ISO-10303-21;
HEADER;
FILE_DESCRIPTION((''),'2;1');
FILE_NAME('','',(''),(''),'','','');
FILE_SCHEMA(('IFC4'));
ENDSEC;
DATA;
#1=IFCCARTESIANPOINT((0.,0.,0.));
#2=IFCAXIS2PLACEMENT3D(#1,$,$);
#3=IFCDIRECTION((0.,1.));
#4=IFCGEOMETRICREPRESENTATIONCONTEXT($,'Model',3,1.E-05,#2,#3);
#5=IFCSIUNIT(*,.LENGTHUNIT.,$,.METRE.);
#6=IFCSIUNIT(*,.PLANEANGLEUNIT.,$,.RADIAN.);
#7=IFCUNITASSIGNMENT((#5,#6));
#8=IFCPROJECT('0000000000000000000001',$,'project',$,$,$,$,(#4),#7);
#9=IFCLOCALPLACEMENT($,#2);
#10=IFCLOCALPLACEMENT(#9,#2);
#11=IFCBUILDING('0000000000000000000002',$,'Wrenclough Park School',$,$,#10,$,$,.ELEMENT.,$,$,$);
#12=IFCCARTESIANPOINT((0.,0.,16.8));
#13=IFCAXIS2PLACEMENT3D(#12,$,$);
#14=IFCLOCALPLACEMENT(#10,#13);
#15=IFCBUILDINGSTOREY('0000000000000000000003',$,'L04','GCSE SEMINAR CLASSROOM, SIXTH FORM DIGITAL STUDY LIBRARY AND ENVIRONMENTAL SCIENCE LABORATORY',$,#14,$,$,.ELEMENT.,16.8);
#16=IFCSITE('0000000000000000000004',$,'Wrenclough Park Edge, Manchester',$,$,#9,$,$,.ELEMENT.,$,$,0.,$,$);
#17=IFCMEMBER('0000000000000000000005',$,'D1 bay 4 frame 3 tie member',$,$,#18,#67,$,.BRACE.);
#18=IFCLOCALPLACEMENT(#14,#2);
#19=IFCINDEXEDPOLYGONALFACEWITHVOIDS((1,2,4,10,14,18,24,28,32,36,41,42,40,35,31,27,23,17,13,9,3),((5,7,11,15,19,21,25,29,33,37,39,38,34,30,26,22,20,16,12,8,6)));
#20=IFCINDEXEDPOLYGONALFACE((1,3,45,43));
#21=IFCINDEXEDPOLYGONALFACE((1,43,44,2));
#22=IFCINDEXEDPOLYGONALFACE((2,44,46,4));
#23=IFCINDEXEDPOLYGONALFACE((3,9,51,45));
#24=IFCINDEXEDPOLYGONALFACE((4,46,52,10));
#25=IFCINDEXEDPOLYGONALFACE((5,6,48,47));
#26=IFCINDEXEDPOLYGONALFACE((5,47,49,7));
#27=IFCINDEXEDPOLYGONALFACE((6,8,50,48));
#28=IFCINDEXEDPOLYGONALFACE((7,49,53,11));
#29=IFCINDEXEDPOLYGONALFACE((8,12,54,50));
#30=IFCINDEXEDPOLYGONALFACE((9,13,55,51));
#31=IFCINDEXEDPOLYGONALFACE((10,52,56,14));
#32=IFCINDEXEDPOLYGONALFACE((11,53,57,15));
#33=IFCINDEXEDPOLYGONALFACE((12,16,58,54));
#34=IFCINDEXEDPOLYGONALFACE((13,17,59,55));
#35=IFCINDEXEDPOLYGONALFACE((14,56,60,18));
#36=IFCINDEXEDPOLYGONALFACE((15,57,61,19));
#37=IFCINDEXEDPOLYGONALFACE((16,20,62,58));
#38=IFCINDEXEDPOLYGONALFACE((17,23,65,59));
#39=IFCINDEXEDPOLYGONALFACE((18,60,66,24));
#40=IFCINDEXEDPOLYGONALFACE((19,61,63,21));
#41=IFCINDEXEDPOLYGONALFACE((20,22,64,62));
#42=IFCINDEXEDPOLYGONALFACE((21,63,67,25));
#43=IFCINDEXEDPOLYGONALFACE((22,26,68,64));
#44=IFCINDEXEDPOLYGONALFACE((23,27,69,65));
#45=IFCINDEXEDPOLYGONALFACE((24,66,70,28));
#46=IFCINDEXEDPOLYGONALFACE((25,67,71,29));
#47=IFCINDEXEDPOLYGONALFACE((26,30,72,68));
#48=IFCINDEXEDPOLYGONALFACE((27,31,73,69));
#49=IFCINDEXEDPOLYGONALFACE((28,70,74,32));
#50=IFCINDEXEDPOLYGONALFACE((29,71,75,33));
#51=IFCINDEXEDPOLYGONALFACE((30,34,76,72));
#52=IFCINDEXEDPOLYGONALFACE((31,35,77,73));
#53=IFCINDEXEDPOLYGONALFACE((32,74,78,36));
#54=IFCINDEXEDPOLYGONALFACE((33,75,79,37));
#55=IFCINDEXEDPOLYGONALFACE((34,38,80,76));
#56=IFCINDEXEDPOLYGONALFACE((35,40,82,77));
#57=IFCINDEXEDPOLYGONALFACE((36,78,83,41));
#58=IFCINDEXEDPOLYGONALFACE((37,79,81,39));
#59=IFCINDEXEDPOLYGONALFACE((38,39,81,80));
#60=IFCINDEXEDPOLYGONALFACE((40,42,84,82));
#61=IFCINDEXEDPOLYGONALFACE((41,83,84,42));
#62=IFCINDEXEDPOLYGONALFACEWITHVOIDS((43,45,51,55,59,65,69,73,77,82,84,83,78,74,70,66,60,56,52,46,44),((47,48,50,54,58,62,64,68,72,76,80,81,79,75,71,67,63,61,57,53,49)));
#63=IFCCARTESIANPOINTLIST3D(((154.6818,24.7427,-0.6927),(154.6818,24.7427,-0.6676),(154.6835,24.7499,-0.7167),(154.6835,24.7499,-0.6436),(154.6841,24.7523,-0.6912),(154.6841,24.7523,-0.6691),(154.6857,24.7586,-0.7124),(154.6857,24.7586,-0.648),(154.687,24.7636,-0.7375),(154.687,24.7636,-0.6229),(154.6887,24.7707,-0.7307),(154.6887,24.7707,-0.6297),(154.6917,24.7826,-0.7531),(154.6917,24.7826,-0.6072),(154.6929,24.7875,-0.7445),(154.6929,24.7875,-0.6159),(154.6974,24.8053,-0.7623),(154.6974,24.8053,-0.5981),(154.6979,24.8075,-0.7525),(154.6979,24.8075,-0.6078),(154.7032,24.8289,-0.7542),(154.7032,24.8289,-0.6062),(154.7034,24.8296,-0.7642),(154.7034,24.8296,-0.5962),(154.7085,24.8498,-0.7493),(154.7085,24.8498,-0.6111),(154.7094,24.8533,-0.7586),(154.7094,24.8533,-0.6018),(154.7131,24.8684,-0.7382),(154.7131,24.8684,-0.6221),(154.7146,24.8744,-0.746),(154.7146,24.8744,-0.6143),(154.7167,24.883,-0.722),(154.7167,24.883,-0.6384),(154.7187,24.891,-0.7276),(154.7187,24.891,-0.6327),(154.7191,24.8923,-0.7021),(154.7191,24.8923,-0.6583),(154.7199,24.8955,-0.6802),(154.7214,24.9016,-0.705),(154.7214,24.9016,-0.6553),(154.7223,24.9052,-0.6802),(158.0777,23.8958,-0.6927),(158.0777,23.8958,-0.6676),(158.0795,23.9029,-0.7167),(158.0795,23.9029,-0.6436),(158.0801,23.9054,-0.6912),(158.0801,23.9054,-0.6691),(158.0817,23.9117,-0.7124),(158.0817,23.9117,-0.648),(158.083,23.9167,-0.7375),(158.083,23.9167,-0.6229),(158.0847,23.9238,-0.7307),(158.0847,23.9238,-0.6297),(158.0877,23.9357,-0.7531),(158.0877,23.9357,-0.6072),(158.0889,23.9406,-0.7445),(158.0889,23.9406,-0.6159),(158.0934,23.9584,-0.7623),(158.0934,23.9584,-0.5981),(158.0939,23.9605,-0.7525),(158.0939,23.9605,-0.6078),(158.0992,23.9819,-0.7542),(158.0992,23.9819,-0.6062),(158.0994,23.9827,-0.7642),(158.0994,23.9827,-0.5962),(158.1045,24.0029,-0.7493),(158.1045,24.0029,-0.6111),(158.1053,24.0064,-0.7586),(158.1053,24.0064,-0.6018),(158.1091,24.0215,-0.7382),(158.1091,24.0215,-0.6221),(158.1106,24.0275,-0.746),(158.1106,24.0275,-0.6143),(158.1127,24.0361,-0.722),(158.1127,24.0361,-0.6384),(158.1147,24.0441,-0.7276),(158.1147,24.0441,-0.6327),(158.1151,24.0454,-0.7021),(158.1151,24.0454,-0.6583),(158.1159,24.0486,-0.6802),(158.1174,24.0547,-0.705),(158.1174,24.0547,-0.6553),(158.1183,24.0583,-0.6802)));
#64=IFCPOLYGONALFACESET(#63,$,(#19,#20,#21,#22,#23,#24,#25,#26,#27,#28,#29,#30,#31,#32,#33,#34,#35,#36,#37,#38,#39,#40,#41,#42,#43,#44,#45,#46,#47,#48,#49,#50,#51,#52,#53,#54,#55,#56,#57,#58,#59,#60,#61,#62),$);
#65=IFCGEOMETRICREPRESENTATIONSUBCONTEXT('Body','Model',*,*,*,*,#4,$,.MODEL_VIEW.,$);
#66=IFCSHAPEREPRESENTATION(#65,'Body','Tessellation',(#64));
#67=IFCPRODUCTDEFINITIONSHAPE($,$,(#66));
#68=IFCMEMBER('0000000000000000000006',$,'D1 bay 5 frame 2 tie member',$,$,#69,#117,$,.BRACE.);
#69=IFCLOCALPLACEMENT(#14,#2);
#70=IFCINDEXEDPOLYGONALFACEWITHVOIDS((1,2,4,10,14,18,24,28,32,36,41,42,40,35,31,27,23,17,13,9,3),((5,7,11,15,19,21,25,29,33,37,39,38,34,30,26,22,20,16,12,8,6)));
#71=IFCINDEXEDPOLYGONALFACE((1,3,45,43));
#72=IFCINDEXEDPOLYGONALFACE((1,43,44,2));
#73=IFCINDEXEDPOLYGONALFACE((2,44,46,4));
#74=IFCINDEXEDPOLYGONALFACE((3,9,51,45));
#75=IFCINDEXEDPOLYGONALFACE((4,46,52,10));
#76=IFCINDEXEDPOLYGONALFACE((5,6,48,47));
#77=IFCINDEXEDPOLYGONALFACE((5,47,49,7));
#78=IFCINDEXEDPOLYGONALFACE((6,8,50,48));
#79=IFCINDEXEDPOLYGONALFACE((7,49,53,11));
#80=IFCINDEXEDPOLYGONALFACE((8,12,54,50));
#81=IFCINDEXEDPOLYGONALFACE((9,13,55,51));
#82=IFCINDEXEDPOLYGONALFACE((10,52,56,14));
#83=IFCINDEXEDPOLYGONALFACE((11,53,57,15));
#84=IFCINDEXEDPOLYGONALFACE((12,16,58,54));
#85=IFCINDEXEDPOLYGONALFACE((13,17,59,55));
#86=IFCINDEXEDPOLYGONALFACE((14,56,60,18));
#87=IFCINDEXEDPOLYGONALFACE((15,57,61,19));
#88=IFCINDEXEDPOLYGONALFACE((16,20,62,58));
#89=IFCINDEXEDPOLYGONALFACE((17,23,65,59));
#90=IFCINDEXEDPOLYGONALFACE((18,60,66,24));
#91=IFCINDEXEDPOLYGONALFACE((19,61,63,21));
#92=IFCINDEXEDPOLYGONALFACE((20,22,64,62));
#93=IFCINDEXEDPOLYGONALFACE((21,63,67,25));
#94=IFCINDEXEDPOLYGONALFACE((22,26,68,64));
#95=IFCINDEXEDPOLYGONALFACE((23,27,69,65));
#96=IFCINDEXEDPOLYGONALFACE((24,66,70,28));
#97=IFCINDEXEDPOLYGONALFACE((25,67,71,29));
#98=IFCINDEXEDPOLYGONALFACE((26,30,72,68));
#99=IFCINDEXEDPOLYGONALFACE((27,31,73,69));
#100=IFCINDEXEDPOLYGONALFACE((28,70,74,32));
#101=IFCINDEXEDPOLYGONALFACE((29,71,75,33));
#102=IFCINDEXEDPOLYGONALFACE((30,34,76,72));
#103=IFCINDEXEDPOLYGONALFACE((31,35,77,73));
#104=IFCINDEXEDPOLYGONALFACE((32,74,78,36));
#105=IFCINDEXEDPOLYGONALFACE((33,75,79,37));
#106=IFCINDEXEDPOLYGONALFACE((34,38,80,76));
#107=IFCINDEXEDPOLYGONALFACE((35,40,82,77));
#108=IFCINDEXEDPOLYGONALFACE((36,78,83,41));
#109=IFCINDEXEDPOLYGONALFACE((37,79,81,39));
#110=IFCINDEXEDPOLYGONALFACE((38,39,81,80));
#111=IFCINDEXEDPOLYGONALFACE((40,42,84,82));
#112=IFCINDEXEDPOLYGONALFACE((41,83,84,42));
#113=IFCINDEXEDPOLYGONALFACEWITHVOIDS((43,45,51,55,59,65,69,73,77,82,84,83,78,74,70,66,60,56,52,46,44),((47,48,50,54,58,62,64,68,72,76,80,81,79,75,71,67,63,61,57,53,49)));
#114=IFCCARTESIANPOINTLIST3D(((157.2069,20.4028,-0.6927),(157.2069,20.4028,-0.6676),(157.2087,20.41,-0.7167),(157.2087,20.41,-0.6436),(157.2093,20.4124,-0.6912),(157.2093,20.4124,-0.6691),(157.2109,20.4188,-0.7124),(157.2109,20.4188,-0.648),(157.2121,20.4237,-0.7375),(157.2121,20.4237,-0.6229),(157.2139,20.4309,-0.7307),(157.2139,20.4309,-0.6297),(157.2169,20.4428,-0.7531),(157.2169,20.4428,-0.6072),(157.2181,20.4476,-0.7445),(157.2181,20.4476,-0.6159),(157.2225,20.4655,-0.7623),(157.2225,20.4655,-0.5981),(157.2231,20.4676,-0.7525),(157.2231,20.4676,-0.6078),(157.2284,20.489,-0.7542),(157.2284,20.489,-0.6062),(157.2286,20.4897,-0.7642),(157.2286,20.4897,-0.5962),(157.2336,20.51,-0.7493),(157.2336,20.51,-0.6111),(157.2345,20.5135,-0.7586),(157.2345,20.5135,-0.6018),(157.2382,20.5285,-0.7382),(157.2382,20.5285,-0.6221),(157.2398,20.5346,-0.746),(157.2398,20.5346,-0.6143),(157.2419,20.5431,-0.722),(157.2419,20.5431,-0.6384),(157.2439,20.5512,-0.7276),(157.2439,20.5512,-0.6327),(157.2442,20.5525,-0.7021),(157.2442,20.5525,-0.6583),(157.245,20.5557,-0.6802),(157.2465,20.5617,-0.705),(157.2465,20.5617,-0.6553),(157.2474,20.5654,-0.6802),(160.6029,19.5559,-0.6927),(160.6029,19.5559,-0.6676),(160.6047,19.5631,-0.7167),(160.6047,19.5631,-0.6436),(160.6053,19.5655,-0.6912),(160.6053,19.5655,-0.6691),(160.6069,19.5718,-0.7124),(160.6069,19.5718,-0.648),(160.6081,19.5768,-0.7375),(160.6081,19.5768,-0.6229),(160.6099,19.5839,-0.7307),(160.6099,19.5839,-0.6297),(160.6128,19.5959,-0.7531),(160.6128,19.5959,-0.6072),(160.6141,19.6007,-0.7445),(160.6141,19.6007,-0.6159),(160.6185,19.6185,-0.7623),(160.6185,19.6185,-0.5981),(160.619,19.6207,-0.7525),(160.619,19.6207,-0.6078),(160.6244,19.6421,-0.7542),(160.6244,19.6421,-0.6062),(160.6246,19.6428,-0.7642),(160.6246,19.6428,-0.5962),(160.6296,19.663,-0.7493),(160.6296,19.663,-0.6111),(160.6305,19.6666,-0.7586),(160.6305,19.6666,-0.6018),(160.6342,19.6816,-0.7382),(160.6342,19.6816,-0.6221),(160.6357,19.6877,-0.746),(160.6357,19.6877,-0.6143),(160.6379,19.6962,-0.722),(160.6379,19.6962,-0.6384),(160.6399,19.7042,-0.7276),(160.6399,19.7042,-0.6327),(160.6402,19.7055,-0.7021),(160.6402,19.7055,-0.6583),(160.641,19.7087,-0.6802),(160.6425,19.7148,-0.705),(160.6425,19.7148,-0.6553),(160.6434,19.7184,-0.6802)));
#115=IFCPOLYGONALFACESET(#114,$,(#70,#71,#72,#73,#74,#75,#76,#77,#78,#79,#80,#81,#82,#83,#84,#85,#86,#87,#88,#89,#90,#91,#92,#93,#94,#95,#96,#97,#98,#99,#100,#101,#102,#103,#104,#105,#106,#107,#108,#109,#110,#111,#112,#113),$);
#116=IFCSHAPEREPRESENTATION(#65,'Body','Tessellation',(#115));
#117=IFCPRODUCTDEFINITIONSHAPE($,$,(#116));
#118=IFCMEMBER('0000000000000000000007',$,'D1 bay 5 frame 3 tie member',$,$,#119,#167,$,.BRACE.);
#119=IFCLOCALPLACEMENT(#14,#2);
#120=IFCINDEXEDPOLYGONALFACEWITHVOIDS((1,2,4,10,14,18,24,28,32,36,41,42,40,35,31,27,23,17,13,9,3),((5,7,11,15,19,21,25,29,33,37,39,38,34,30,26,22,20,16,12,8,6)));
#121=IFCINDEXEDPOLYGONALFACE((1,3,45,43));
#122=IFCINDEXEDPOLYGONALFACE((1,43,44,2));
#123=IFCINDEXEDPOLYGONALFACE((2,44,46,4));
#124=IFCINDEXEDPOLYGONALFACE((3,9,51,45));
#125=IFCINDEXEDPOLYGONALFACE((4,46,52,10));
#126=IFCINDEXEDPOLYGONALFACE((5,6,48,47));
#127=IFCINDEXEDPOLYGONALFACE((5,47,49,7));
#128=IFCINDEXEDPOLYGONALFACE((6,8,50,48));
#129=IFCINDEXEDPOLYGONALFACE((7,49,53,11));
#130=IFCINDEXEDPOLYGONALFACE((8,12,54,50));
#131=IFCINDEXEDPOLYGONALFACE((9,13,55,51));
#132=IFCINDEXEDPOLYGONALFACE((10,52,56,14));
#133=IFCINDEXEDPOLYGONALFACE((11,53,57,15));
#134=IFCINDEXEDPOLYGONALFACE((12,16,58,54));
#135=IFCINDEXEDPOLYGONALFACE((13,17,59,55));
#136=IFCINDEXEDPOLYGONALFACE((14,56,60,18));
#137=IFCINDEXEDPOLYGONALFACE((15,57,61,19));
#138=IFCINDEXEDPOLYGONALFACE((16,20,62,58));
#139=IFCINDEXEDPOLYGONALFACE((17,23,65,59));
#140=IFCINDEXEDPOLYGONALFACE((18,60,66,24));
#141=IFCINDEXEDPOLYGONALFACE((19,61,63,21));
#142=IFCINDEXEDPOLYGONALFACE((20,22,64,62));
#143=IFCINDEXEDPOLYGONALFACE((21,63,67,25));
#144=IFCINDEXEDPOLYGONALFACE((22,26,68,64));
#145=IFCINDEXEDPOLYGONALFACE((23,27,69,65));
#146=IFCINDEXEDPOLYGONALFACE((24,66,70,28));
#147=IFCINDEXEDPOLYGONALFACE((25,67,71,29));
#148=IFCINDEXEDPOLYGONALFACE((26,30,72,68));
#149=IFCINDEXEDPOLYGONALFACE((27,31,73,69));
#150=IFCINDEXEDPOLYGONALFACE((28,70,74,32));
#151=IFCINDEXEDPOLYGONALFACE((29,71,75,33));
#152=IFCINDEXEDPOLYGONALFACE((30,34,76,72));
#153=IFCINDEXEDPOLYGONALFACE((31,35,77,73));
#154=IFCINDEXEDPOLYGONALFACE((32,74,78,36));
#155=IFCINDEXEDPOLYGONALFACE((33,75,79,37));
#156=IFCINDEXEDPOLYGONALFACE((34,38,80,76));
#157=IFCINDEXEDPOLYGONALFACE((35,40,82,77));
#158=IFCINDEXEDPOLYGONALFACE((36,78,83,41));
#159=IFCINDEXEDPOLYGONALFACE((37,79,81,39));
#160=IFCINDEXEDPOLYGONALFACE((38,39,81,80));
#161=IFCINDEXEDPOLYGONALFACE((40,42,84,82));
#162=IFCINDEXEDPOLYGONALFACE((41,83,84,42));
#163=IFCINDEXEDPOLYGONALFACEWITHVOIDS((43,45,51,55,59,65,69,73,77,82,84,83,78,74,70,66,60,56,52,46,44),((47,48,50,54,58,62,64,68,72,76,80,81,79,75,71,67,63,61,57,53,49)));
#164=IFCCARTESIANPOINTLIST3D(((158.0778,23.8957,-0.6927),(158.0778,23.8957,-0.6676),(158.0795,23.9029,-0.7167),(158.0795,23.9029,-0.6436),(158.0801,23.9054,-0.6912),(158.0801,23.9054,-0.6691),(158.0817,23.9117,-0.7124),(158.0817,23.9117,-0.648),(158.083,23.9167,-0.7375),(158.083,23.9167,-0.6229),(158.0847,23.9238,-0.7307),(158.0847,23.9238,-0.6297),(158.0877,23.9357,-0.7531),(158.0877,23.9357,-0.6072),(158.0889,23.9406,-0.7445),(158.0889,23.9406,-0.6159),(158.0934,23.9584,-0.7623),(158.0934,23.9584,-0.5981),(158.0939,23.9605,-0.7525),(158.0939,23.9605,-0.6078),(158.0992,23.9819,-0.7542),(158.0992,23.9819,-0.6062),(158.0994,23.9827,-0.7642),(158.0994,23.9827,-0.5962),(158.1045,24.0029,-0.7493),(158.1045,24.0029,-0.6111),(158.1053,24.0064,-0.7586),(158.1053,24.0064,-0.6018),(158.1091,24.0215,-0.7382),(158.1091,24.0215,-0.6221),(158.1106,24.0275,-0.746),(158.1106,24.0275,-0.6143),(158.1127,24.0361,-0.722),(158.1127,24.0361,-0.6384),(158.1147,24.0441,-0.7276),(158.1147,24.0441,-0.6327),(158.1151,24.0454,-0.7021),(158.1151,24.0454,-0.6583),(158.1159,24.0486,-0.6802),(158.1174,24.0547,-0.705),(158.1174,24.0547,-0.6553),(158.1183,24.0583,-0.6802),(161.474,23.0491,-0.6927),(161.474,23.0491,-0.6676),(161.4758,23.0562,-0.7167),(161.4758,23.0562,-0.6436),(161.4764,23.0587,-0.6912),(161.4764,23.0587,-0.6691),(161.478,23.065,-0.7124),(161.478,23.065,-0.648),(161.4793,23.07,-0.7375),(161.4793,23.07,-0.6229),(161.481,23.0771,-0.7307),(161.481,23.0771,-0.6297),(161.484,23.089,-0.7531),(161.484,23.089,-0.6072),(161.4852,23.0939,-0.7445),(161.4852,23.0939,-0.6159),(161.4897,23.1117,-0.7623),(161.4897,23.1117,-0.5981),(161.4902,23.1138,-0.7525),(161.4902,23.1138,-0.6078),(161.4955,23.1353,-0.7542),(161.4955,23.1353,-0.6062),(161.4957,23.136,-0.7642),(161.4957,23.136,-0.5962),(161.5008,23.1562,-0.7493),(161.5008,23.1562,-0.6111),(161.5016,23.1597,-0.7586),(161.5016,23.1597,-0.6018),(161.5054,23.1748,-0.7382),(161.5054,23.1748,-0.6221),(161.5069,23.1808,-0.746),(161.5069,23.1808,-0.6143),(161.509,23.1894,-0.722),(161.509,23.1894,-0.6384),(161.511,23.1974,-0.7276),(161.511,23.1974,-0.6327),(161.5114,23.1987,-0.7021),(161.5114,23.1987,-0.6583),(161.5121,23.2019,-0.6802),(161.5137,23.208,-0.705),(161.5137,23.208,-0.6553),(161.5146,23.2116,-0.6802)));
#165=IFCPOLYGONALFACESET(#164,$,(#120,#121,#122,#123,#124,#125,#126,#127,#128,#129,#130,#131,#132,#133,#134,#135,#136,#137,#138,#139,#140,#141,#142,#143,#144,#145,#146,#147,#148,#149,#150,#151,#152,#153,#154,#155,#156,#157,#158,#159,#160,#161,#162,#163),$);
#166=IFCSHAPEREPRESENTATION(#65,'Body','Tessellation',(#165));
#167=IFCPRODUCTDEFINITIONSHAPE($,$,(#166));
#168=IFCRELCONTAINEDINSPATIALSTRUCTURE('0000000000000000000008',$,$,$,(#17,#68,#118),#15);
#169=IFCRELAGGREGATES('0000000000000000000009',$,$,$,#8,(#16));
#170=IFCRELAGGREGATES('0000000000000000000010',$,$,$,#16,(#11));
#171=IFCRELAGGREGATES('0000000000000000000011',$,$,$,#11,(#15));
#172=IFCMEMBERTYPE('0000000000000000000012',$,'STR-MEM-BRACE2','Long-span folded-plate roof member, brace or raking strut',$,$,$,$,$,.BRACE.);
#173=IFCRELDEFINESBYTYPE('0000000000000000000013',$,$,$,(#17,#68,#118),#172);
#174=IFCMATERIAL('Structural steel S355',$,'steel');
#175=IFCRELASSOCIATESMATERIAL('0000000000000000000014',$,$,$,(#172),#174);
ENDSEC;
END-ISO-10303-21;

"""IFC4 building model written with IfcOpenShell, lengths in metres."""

from ifc_helpers import new_model, si_unit, direction, frame, origin, origin_2d, place, context, subcontext, project, spatial, hollow_circle, extrude, material, material_profile, profile_set, type_object, element, save


model = new_model("IFC4")

# Units and contexts
model_context = context("Model", 3, precision=1e-05, world=origin(), true_north=direction((0.0, 1.0)))
body_context = subcontext(model_context, "Body", "Model", "MODEL_VIEW")
ifc_project = project(units=[si_unit("LENGTHUNIT", "METRE"), si_unit("PLANEANGLEUNIT", "RADIAN")], contexts=[model_context])

# Site, building, storey
site_placement = place(None, origin())
site = spatial("IfcSite", under=ifc_project, at=site_placement, Name="Wrenclough Park Edge, Manchester", CompositionType="ELEMENT", RefElevation=0.0)
building_placement = place(site_placement, origin())
building = spatial("IfcBuilding", under=site, at=building_placement, Name="Wrenclough Park School", CompositionType="ELEMENT")
storey_placement = place(building_placement, frame((0.0, 0.0, 16.8)))
storey = spatial("IfcBuildingStorey", under=building, at=storey_placement, Name="L04", Description="GCSE SEMINAR CLASSROOM, SIXTH FORM DIGITAL STUDY LIBRARY AND ENVIRONMENTAL SCIENCE LABORATORY", CompositionType="ELEMENT", Elevation=16.8)

# Members
ifc_material = material(Name="Structural steel S355", Category="steel")
ifc_material_profile_1 = material_profile(ifc_material, hollow_circle(Radius=0.0842, WallThickness=0.01, at=origin_2d()), Name="CHS 168.3x10.0")
ifc_profile_set_1 = profile_set([ifc_material_profile_1], Name="Structural steel S355")
member_type_1 = type_object("IfcMemberType", Name="STR-MEM-BRACE2", Description="Long-span folded-plate roof member, brace or raking strut", PredefinedType="BRACE", material=ifc_profile_set_1)
for number, where, z_axis, x_axis, name in (
    (1, (154.7019, 24.8235, -0.6802), (0.970282, -0.241978, 0.0), (0.241978, 0.970282, 0.0), "D1 bay 4 frame 3 tie member"),
    (2, (157.2271, 20.4836, -0.6802), (0.970282, -0.241978, 0.0), (0.241978, 0.970282, 0.0), "D1 bay 5 frame 2 tie member"),
):
    element("IfcMember", number, at=place(storey_placement, frame(where, z_axis=z_axis, x_axis=x_axis)), inside=storey, type_object=member_type_1, Name=name, PredefinedType="BRACE", context=body_context, shape_type="SweptSolid", body=[
        extrude(hollow_circle(Radius=0.0842, WallThickness=0.01, at=origin_2d()), origin(), (0.0, 0.0, 1.0), 3.5),
    ])
member_placement = place(storey_placement, frame((158.0979, 23.9766, -0.6802), z_axis=(0.970302, -0.241896, 0.0), x_axis=(0.241896, 0.970302, 0.0)))
element("IfcMember", 3, at=member_placement, inside=storey, type_object=member_type_1, Name="D1 bay 5 frame 3 tie member", PredefinedType="BRACE", context=body_context, shape_type="SweptSolid", body=[
    extrude(hollow_circle(Radius=0.0842, WallThickness=0.01, at=origin_2d()), origin(), (0.0, 0.0, 1.0), 3.5002),
])

save(model, "model.ifc")
